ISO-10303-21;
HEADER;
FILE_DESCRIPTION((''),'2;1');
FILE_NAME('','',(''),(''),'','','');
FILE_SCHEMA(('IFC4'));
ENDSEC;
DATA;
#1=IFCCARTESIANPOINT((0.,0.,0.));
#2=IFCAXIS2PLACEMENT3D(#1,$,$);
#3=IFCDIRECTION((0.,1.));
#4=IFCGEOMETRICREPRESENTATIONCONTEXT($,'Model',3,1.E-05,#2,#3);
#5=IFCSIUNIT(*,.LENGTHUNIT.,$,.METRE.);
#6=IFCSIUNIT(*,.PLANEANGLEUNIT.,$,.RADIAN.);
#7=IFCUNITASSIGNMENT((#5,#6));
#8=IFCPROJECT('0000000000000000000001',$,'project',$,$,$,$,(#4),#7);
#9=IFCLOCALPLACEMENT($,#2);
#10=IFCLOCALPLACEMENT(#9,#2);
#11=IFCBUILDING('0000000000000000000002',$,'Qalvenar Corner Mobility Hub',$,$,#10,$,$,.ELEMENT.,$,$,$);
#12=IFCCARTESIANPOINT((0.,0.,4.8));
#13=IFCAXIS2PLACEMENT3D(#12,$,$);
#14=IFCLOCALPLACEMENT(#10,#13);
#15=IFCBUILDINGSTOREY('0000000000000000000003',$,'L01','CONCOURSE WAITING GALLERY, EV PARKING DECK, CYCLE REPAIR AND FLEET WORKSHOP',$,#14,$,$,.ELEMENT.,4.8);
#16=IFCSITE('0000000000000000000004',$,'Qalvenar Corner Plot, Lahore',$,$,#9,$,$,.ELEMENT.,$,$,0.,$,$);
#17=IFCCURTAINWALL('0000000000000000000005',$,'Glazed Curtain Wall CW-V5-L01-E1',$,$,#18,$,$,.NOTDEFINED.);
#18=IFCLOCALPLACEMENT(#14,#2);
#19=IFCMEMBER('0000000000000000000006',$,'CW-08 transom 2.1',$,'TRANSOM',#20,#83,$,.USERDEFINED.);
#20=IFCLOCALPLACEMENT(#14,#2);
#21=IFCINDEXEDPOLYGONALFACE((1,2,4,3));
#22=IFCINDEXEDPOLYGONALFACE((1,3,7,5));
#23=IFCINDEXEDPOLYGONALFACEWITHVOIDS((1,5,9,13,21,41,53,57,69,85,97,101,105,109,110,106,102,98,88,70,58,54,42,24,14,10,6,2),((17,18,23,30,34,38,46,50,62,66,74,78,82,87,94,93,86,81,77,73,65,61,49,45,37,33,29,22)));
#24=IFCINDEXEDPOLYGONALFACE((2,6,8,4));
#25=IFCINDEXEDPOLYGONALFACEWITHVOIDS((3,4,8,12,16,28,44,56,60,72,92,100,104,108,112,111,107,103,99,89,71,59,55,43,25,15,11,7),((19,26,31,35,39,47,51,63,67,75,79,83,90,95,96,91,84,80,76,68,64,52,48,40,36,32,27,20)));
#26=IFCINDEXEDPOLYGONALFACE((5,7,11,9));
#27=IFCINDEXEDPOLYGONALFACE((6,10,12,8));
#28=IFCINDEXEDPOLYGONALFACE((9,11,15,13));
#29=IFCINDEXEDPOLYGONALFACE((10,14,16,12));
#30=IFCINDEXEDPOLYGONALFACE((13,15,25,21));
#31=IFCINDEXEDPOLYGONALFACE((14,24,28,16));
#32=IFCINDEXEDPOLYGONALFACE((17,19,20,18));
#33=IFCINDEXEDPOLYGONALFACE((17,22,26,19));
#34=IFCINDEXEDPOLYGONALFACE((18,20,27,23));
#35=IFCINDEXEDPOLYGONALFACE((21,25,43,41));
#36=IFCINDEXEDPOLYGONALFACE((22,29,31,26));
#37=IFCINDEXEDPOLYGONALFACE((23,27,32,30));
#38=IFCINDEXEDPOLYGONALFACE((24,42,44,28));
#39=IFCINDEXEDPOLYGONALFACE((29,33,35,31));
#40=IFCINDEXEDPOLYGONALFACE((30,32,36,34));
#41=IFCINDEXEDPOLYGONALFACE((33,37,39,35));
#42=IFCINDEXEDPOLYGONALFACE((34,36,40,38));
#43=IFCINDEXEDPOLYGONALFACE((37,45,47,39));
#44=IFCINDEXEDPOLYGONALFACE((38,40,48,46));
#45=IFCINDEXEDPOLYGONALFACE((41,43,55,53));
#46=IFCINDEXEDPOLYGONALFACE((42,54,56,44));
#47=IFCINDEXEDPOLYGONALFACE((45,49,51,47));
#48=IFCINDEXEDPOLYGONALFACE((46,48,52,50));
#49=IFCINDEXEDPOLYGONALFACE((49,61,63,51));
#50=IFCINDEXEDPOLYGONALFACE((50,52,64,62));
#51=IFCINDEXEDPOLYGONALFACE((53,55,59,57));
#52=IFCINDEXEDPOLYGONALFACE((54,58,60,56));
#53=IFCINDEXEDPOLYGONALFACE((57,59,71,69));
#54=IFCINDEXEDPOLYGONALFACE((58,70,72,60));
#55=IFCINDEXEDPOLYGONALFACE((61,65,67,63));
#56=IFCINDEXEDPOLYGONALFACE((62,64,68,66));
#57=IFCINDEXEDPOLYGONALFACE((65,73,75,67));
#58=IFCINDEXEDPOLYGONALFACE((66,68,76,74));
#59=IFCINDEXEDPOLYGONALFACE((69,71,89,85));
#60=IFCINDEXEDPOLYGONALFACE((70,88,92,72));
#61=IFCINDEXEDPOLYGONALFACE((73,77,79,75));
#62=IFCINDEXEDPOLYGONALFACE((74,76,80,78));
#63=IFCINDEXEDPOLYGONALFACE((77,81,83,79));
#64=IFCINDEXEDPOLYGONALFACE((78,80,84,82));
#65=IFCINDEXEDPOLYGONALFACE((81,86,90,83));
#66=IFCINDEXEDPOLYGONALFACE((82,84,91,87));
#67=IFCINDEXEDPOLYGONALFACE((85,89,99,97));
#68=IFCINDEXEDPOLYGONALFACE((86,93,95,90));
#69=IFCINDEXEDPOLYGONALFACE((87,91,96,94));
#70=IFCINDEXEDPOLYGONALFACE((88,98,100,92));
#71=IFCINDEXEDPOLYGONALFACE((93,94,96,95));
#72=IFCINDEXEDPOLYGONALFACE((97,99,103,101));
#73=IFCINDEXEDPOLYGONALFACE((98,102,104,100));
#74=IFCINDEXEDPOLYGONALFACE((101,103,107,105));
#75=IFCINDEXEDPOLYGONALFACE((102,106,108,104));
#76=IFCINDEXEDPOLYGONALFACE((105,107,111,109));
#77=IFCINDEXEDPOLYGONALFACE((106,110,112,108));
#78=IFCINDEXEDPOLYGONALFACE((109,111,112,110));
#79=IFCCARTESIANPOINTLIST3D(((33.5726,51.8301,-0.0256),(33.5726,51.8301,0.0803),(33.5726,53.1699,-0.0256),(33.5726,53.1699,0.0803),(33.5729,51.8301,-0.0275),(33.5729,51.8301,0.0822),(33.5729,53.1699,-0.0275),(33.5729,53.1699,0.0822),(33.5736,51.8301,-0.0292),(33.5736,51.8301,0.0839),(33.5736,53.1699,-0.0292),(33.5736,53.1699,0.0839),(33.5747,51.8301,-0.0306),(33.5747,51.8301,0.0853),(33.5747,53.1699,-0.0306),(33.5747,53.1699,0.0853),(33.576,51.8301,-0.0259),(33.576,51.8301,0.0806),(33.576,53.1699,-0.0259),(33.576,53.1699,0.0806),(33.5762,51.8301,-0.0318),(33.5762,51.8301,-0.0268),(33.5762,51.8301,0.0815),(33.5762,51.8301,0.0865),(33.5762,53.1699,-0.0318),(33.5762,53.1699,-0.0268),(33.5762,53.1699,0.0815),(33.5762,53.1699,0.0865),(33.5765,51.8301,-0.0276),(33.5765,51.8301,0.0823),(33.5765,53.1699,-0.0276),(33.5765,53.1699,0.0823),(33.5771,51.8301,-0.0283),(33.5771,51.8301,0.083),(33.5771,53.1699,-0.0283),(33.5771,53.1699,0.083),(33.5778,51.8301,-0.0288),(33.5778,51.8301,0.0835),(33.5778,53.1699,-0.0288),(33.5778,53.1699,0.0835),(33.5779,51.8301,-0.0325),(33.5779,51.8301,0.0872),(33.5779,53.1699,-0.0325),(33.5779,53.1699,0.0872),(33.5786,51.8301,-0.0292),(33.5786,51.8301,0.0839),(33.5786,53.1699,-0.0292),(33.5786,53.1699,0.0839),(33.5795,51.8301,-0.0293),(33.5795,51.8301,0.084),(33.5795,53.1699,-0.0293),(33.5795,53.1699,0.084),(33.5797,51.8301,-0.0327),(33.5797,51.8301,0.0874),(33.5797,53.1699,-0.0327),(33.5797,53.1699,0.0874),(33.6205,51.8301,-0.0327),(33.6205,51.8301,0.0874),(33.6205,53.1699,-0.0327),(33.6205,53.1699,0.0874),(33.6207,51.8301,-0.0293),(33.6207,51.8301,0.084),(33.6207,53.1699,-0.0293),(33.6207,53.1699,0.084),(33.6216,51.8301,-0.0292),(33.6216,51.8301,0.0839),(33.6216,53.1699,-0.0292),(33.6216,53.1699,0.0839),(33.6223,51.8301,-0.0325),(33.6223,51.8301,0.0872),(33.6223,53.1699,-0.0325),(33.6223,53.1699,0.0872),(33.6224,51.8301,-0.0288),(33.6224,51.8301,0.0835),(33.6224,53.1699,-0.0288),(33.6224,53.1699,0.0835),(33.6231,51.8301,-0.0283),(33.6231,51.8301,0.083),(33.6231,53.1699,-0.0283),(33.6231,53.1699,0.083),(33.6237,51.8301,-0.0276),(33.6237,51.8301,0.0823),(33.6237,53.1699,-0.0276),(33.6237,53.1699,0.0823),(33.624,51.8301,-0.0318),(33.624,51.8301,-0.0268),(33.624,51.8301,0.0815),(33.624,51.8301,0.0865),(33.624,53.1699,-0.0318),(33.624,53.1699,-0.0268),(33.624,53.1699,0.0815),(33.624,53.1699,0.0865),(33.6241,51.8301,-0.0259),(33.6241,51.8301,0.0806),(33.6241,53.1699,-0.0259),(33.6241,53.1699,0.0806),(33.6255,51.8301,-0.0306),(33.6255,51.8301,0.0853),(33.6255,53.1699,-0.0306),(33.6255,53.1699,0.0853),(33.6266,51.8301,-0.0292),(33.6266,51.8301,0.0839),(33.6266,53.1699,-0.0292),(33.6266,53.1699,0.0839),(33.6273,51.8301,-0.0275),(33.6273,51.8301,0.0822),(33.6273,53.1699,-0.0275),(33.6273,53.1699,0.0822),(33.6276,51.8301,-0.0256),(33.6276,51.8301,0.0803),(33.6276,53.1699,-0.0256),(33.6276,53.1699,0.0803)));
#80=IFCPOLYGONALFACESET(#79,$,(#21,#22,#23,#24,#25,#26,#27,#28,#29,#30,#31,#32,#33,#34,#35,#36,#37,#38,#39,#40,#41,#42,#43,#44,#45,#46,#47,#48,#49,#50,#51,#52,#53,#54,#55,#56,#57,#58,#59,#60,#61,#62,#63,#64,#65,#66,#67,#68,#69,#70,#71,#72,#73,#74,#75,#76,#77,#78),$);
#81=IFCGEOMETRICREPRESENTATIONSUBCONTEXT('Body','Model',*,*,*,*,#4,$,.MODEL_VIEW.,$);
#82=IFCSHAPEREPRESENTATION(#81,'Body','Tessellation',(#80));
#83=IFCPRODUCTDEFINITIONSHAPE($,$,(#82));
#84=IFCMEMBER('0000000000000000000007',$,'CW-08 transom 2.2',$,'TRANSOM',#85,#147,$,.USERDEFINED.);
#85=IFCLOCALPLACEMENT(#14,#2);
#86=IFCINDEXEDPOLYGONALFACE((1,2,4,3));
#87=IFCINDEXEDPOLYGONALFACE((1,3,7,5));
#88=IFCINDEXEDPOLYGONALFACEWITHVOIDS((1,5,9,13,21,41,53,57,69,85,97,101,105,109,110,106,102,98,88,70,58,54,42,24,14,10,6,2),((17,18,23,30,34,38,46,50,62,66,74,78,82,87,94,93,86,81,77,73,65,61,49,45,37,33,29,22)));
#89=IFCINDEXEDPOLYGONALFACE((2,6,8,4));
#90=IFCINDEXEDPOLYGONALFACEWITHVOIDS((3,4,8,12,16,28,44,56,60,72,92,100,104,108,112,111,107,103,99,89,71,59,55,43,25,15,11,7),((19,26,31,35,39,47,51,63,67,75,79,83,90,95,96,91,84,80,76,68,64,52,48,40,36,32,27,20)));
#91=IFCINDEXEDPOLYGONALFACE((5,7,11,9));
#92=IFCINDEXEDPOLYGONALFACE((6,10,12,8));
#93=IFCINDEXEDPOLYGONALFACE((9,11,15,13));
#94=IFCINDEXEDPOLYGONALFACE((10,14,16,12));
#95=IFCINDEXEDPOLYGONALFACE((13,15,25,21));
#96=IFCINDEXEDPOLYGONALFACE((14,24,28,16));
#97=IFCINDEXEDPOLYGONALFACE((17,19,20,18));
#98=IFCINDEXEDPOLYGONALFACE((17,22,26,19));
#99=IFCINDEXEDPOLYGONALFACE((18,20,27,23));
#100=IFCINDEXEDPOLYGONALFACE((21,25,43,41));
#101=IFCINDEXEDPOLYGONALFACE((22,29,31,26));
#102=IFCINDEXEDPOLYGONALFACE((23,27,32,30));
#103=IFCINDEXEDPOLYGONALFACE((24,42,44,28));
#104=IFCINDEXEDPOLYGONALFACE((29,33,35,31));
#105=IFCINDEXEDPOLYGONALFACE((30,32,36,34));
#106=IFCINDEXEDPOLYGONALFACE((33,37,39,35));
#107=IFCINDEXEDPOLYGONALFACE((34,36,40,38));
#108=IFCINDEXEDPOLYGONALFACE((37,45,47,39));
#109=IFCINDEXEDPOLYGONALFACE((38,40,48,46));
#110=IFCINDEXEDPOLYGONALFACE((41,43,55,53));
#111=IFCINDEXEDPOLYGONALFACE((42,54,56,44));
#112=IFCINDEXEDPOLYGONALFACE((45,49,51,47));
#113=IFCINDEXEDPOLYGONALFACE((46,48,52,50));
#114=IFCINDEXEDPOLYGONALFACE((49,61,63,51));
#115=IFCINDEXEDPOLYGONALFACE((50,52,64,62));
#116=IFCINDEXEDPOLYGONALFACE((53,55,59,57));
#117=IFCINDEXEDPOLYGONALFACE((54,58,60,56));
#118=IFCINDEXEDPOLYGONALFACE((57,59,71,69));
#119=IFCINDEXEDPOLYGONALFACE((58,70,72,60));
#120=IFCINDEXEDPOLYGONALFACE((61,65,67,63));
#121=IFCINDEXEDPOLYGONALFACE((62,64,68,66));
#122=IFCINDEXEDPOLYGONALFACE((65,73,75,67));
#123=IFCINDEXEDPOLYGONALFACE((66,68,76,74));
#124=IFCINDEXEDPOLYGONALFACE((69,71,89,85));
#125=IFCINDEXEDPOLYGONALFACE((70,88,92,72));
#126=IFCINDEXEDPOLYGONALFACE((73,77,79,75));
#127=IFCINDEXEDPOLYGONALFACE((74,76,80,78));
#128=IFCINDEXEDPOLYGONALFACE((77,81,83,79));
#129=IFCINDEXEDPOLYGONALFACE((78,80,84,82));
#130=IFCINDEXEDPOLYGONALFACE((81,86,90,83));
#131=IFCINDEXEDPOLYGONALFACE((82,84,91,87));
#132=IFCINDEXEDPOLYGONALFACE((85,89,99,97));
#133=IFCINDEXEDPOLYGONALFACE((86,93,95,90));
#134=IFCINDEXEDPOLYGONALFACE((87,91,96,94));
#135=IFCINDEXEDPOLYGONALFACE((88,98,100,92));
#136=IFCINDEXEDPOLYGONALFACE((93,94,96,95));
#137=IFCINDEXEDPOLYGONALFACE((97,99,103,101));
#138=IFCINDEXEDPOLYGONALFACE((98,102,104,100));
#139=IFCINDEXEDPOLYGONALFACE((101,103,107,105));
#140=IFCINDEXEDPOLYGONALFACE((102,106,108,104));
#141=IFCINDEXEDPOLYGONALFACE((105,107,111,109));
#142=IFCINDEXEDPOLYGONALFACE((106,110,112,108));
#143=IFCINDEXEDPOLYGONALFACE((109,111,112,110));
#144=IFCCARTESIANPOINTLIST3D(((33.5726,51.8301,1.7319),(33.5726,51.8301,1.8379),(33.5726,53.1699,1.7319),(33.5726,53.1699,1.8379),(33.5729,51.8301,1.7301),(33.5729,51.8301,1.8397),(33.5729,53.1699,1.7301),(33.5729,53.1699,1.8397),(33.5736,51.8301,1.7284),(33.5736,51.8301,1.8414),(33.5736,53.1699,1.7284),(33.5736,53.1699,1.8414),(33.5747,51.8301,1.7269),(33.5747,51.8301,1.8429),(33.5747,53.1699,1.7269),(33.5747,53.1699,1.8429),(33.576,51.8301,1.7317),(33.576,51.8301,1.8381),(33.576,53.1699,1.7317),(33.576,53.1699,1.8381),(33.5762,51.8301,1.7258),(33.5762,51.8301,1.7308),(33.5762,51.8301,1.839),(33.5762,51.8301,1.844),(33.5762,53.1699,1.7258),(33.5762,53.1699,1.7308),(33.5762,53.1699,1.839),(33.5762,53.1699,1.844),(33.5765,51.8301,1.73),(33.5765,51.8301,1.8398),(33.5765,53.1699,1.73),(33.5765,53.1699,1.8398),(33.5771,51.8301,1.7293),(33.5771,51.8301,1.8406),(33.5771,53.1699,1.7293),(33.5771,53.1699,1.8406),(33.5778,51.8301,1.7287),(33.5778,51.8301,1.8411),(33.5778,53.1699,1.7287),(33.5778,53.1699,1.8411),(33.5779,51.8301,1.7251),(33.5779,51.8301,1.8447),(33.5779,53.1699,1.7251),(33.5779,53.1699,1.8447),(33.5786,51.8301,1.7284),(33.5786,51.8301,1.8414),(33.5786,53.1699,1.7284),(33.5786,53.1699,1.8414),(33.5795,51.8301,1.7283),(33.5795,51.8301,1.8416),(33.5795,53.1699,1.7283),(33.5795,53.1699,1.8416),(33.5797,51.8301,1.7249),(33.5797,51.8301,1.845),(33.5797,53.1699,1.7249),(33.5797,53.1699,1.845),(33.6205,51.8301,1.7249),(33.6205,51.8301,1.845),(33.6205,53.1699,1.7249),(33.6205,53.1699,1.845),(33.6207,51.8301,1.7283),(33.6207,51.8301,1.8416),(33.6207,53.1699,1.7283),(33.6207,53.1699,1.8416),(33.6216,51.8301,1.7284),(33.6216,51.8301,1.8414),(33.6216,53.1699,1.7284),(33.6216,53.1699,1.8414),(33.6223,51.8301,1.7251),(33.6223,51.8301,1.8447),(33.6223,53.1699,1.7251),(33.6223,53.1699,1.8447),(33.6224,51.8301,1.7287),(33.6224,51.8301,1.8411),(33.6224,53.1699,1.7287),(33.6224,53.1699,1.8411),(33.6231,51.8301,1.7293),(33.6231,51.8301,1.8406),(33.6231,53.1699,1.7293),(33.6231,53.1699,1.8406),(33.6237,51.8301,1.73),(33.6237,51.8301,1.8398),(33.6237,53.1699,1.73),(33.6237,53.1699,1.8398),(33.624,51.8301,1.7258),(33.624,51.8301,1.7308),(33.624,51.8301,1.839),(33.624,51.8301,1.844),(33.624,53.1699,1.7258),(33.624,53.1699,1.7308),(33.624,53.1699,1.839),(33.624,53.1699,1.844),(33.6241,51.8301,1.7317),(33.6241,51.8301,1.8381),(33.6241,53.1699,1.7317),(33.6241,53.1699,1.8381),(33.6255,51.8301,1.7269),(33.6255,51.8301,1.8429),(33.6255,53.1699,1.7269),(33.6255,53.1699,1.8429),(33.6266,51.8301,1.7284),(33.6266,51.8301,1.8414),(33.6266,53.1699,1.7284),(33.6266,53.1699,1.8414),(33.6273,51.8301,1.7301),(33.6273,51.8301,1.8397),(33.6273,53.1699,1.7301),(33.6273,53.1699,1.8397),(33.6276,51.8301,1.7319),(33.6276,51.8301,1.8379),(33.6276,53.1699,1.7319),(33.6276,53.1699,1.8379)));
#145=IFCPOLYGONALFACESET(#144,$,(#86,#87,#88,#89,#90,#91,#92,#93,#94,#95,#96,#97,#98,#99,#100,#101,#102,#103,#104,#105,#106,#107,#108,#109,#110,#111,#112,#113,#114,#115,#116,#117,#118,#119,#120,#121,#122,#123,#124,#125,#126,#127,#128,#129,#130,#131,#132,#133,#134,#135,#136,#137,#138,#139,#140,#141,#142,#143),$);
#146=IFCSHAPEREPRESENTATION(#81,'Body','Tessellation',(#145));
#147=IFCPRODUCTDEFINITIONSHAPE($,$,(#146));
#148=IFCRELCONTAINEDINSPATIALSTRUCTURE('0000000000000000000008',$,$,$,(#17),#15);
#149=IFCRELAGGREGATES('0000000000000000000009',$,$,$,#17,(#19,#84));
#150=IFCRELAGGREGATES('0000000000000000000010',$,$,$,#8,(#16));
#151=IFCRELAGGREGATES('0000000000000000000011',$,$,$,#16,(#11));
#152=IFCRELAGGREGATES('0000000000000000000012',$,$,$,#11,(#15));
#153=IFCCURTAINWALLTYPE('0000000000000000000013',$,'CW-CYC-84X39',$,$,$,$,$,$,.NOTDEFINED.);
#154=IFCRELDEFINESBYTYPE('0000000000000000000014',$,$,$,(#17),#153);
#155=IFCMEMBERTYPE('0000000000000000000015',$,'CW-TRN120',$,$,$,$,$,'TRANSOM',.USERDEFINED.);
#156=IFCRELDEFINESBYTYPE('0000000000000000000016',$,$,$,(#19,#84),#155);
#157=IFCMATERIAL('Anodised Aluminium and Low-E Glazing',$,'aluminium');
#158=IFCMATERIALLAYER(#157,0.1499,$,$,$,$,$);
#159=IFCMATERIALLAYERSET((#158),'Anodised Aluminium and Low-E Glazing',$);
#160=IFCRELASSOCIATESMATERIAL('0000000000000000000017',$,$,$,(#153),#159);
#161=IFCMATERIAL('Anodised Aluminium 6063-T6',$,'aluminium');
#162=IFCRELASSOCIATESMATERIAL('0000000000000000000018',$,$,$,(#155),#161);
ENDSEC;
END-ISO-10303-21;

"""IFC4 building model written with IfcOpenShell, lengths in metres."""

from ifc_helpers import new_model, si_unit, direction, frame, origin, origin_2d, place, context, subcontext, project, spatial, hollow_rectangle, extrude, material, layer, layer_set, material_profile, profile_set, type_object, element, aggregate, save


model = new_model("IFC4")

# Units and contexts
model_context = context("Model", 3, precision=1e-05, world=origin(), true_north=direction((0.0, 1.0)))
body_context = subcontext(model_context, "Body", "Model", "MODEL_VIEW")
ifc_project = project(units=[si_unit("LENGTHUNIT", "METRE"), si_unit("PLANEANGLEUNIT", "RADIAN")], contexts=[model_context])

# Site, building, storey
site_placement = place(None, origin())
site = spatial("IfcSite", under=ifc_project, at=site_placement, Name="Qalvenar Corner Plot, Lahore", CompositionType="ELEMENT", RefElevation=0.0)
building_placement = place(site_placement, origin())
building = spatial("IfcBuilding", under=site, at=building_placement, Name="Qalvenar Corner Mobility Hub", CompositionType="ELEMENT")
storey_placement = place(building_placement, frame((0.0, 0.0, 4.8)))
storey = spatial("IfcBuildingStorey", under=building, at=storey_placement, Name="L01", Description="CONCOURSE WAITING GALLERY, EV PARKING DECK, CYCLE REPAIR AND FLEET WORKSHOP", CompositionType="ELEMENT", Elevation=4.8)

# Curtain wall, members
ifc_material_1 = material(Name="Anodised Aluminium and Low-E Glazing", Category="aluminium")
ifc_layer_1 = layer(ifc_material_1, 0.1499)
ifc_layer_set_1 = layer_set([ifc_layer_1], Name="Anodised Aluminium and Low-E Glazing")
curtain_wall_type = type_object("IfcCurtainWallType", Name="CW-CYC-84X39", PredefinedType="NOTDEFINED", material=ifc_layer_set_1)
curtain_wall_placement = place(storey_placement, origin())
curtain_wall = element("IfcCurtainWall", 1, at=curtain_wall_placement, inside=storey, type_object=curtain_wall_type, Name="Glazed Curtain Wall CW-V5-L01-E1", PredefinedType="NOTDEFINED")
ifc_material_2 = material(Name="Anodised Aluminium 6063-T6", Category="aluminium")
ifc_material_profile_1 = material_profile(ifc_material_2, hollow_rectangle(XDim=0.0549, YDim=0.1201, WallThickness=0.0034, InnerFilletRadius=0.0034, OuterFilletRadius=0.0071, at=origin_2d()), Name="RHS120x55x3.5")
ifc_profile_set_1 = profile_set([ifc_material_profile_1], Name="Anodised Aluminium 6063-T6")
member_type_1 = type_object("IfcMemberType", Name="CW-TRN120", ElementType="TRANSOM", PredefinedType="USERDEFINED", material=ifc_profile_set_1)
member_1_placement = place(storey_placement, frame((33.6001, 51.8301, 0.0273), z_axis=(0.0, 1.0, 0.0), x_axis=(-1.0, 0.0, 0.0)))
member_1 = element("IfcMember", 2, at=member_1_placement, type_object=member_type_1, Name="CW-08 transom 2.1", ObjectType="TRANSOM", PredefinedType="USERDEFINED", context=body_context, shape_type="SweptSolid", body=[
    extrude(hollow_rectangle(XDim=0.0549, YDim=0.1201, WallThickness=0.0034, InnerFilletRadius=0.0034, OuterFilletRadius=0.0071, at=origin_2d()), origin(), (0.0, 0.0, 1.0), 1.3398),
])
member_2_placement = place(storey_placement, frame((33.6001, 51.8301, 1.7849), z_axis=(0.0, 1.0, 0.0), x_axis=(-1.0, 0.0, 0.0)))
member_2 = element("IfcMember", 3, at=member_2_placement, type_object=member_type_1, Name="CW-08 transom 2.2", ObjectType="TRANSOM", PredefinedType="USERDEFINED", context=body_context, shape_type="SweptSolid", body=[
    extrude(hollow_rectangle(XDim=0.0549, YDim=0.1201, WallThickness=0.0034, InnerFilletRadius=0.0034, OuterFilletRadius=0.0071, at=origin_2d()), origin(), (0.0, 0.0, 1.0), 1.3398),
])
aggregate(curtain_wall, [member_1, member_2])

save(model, "model.ifc")
